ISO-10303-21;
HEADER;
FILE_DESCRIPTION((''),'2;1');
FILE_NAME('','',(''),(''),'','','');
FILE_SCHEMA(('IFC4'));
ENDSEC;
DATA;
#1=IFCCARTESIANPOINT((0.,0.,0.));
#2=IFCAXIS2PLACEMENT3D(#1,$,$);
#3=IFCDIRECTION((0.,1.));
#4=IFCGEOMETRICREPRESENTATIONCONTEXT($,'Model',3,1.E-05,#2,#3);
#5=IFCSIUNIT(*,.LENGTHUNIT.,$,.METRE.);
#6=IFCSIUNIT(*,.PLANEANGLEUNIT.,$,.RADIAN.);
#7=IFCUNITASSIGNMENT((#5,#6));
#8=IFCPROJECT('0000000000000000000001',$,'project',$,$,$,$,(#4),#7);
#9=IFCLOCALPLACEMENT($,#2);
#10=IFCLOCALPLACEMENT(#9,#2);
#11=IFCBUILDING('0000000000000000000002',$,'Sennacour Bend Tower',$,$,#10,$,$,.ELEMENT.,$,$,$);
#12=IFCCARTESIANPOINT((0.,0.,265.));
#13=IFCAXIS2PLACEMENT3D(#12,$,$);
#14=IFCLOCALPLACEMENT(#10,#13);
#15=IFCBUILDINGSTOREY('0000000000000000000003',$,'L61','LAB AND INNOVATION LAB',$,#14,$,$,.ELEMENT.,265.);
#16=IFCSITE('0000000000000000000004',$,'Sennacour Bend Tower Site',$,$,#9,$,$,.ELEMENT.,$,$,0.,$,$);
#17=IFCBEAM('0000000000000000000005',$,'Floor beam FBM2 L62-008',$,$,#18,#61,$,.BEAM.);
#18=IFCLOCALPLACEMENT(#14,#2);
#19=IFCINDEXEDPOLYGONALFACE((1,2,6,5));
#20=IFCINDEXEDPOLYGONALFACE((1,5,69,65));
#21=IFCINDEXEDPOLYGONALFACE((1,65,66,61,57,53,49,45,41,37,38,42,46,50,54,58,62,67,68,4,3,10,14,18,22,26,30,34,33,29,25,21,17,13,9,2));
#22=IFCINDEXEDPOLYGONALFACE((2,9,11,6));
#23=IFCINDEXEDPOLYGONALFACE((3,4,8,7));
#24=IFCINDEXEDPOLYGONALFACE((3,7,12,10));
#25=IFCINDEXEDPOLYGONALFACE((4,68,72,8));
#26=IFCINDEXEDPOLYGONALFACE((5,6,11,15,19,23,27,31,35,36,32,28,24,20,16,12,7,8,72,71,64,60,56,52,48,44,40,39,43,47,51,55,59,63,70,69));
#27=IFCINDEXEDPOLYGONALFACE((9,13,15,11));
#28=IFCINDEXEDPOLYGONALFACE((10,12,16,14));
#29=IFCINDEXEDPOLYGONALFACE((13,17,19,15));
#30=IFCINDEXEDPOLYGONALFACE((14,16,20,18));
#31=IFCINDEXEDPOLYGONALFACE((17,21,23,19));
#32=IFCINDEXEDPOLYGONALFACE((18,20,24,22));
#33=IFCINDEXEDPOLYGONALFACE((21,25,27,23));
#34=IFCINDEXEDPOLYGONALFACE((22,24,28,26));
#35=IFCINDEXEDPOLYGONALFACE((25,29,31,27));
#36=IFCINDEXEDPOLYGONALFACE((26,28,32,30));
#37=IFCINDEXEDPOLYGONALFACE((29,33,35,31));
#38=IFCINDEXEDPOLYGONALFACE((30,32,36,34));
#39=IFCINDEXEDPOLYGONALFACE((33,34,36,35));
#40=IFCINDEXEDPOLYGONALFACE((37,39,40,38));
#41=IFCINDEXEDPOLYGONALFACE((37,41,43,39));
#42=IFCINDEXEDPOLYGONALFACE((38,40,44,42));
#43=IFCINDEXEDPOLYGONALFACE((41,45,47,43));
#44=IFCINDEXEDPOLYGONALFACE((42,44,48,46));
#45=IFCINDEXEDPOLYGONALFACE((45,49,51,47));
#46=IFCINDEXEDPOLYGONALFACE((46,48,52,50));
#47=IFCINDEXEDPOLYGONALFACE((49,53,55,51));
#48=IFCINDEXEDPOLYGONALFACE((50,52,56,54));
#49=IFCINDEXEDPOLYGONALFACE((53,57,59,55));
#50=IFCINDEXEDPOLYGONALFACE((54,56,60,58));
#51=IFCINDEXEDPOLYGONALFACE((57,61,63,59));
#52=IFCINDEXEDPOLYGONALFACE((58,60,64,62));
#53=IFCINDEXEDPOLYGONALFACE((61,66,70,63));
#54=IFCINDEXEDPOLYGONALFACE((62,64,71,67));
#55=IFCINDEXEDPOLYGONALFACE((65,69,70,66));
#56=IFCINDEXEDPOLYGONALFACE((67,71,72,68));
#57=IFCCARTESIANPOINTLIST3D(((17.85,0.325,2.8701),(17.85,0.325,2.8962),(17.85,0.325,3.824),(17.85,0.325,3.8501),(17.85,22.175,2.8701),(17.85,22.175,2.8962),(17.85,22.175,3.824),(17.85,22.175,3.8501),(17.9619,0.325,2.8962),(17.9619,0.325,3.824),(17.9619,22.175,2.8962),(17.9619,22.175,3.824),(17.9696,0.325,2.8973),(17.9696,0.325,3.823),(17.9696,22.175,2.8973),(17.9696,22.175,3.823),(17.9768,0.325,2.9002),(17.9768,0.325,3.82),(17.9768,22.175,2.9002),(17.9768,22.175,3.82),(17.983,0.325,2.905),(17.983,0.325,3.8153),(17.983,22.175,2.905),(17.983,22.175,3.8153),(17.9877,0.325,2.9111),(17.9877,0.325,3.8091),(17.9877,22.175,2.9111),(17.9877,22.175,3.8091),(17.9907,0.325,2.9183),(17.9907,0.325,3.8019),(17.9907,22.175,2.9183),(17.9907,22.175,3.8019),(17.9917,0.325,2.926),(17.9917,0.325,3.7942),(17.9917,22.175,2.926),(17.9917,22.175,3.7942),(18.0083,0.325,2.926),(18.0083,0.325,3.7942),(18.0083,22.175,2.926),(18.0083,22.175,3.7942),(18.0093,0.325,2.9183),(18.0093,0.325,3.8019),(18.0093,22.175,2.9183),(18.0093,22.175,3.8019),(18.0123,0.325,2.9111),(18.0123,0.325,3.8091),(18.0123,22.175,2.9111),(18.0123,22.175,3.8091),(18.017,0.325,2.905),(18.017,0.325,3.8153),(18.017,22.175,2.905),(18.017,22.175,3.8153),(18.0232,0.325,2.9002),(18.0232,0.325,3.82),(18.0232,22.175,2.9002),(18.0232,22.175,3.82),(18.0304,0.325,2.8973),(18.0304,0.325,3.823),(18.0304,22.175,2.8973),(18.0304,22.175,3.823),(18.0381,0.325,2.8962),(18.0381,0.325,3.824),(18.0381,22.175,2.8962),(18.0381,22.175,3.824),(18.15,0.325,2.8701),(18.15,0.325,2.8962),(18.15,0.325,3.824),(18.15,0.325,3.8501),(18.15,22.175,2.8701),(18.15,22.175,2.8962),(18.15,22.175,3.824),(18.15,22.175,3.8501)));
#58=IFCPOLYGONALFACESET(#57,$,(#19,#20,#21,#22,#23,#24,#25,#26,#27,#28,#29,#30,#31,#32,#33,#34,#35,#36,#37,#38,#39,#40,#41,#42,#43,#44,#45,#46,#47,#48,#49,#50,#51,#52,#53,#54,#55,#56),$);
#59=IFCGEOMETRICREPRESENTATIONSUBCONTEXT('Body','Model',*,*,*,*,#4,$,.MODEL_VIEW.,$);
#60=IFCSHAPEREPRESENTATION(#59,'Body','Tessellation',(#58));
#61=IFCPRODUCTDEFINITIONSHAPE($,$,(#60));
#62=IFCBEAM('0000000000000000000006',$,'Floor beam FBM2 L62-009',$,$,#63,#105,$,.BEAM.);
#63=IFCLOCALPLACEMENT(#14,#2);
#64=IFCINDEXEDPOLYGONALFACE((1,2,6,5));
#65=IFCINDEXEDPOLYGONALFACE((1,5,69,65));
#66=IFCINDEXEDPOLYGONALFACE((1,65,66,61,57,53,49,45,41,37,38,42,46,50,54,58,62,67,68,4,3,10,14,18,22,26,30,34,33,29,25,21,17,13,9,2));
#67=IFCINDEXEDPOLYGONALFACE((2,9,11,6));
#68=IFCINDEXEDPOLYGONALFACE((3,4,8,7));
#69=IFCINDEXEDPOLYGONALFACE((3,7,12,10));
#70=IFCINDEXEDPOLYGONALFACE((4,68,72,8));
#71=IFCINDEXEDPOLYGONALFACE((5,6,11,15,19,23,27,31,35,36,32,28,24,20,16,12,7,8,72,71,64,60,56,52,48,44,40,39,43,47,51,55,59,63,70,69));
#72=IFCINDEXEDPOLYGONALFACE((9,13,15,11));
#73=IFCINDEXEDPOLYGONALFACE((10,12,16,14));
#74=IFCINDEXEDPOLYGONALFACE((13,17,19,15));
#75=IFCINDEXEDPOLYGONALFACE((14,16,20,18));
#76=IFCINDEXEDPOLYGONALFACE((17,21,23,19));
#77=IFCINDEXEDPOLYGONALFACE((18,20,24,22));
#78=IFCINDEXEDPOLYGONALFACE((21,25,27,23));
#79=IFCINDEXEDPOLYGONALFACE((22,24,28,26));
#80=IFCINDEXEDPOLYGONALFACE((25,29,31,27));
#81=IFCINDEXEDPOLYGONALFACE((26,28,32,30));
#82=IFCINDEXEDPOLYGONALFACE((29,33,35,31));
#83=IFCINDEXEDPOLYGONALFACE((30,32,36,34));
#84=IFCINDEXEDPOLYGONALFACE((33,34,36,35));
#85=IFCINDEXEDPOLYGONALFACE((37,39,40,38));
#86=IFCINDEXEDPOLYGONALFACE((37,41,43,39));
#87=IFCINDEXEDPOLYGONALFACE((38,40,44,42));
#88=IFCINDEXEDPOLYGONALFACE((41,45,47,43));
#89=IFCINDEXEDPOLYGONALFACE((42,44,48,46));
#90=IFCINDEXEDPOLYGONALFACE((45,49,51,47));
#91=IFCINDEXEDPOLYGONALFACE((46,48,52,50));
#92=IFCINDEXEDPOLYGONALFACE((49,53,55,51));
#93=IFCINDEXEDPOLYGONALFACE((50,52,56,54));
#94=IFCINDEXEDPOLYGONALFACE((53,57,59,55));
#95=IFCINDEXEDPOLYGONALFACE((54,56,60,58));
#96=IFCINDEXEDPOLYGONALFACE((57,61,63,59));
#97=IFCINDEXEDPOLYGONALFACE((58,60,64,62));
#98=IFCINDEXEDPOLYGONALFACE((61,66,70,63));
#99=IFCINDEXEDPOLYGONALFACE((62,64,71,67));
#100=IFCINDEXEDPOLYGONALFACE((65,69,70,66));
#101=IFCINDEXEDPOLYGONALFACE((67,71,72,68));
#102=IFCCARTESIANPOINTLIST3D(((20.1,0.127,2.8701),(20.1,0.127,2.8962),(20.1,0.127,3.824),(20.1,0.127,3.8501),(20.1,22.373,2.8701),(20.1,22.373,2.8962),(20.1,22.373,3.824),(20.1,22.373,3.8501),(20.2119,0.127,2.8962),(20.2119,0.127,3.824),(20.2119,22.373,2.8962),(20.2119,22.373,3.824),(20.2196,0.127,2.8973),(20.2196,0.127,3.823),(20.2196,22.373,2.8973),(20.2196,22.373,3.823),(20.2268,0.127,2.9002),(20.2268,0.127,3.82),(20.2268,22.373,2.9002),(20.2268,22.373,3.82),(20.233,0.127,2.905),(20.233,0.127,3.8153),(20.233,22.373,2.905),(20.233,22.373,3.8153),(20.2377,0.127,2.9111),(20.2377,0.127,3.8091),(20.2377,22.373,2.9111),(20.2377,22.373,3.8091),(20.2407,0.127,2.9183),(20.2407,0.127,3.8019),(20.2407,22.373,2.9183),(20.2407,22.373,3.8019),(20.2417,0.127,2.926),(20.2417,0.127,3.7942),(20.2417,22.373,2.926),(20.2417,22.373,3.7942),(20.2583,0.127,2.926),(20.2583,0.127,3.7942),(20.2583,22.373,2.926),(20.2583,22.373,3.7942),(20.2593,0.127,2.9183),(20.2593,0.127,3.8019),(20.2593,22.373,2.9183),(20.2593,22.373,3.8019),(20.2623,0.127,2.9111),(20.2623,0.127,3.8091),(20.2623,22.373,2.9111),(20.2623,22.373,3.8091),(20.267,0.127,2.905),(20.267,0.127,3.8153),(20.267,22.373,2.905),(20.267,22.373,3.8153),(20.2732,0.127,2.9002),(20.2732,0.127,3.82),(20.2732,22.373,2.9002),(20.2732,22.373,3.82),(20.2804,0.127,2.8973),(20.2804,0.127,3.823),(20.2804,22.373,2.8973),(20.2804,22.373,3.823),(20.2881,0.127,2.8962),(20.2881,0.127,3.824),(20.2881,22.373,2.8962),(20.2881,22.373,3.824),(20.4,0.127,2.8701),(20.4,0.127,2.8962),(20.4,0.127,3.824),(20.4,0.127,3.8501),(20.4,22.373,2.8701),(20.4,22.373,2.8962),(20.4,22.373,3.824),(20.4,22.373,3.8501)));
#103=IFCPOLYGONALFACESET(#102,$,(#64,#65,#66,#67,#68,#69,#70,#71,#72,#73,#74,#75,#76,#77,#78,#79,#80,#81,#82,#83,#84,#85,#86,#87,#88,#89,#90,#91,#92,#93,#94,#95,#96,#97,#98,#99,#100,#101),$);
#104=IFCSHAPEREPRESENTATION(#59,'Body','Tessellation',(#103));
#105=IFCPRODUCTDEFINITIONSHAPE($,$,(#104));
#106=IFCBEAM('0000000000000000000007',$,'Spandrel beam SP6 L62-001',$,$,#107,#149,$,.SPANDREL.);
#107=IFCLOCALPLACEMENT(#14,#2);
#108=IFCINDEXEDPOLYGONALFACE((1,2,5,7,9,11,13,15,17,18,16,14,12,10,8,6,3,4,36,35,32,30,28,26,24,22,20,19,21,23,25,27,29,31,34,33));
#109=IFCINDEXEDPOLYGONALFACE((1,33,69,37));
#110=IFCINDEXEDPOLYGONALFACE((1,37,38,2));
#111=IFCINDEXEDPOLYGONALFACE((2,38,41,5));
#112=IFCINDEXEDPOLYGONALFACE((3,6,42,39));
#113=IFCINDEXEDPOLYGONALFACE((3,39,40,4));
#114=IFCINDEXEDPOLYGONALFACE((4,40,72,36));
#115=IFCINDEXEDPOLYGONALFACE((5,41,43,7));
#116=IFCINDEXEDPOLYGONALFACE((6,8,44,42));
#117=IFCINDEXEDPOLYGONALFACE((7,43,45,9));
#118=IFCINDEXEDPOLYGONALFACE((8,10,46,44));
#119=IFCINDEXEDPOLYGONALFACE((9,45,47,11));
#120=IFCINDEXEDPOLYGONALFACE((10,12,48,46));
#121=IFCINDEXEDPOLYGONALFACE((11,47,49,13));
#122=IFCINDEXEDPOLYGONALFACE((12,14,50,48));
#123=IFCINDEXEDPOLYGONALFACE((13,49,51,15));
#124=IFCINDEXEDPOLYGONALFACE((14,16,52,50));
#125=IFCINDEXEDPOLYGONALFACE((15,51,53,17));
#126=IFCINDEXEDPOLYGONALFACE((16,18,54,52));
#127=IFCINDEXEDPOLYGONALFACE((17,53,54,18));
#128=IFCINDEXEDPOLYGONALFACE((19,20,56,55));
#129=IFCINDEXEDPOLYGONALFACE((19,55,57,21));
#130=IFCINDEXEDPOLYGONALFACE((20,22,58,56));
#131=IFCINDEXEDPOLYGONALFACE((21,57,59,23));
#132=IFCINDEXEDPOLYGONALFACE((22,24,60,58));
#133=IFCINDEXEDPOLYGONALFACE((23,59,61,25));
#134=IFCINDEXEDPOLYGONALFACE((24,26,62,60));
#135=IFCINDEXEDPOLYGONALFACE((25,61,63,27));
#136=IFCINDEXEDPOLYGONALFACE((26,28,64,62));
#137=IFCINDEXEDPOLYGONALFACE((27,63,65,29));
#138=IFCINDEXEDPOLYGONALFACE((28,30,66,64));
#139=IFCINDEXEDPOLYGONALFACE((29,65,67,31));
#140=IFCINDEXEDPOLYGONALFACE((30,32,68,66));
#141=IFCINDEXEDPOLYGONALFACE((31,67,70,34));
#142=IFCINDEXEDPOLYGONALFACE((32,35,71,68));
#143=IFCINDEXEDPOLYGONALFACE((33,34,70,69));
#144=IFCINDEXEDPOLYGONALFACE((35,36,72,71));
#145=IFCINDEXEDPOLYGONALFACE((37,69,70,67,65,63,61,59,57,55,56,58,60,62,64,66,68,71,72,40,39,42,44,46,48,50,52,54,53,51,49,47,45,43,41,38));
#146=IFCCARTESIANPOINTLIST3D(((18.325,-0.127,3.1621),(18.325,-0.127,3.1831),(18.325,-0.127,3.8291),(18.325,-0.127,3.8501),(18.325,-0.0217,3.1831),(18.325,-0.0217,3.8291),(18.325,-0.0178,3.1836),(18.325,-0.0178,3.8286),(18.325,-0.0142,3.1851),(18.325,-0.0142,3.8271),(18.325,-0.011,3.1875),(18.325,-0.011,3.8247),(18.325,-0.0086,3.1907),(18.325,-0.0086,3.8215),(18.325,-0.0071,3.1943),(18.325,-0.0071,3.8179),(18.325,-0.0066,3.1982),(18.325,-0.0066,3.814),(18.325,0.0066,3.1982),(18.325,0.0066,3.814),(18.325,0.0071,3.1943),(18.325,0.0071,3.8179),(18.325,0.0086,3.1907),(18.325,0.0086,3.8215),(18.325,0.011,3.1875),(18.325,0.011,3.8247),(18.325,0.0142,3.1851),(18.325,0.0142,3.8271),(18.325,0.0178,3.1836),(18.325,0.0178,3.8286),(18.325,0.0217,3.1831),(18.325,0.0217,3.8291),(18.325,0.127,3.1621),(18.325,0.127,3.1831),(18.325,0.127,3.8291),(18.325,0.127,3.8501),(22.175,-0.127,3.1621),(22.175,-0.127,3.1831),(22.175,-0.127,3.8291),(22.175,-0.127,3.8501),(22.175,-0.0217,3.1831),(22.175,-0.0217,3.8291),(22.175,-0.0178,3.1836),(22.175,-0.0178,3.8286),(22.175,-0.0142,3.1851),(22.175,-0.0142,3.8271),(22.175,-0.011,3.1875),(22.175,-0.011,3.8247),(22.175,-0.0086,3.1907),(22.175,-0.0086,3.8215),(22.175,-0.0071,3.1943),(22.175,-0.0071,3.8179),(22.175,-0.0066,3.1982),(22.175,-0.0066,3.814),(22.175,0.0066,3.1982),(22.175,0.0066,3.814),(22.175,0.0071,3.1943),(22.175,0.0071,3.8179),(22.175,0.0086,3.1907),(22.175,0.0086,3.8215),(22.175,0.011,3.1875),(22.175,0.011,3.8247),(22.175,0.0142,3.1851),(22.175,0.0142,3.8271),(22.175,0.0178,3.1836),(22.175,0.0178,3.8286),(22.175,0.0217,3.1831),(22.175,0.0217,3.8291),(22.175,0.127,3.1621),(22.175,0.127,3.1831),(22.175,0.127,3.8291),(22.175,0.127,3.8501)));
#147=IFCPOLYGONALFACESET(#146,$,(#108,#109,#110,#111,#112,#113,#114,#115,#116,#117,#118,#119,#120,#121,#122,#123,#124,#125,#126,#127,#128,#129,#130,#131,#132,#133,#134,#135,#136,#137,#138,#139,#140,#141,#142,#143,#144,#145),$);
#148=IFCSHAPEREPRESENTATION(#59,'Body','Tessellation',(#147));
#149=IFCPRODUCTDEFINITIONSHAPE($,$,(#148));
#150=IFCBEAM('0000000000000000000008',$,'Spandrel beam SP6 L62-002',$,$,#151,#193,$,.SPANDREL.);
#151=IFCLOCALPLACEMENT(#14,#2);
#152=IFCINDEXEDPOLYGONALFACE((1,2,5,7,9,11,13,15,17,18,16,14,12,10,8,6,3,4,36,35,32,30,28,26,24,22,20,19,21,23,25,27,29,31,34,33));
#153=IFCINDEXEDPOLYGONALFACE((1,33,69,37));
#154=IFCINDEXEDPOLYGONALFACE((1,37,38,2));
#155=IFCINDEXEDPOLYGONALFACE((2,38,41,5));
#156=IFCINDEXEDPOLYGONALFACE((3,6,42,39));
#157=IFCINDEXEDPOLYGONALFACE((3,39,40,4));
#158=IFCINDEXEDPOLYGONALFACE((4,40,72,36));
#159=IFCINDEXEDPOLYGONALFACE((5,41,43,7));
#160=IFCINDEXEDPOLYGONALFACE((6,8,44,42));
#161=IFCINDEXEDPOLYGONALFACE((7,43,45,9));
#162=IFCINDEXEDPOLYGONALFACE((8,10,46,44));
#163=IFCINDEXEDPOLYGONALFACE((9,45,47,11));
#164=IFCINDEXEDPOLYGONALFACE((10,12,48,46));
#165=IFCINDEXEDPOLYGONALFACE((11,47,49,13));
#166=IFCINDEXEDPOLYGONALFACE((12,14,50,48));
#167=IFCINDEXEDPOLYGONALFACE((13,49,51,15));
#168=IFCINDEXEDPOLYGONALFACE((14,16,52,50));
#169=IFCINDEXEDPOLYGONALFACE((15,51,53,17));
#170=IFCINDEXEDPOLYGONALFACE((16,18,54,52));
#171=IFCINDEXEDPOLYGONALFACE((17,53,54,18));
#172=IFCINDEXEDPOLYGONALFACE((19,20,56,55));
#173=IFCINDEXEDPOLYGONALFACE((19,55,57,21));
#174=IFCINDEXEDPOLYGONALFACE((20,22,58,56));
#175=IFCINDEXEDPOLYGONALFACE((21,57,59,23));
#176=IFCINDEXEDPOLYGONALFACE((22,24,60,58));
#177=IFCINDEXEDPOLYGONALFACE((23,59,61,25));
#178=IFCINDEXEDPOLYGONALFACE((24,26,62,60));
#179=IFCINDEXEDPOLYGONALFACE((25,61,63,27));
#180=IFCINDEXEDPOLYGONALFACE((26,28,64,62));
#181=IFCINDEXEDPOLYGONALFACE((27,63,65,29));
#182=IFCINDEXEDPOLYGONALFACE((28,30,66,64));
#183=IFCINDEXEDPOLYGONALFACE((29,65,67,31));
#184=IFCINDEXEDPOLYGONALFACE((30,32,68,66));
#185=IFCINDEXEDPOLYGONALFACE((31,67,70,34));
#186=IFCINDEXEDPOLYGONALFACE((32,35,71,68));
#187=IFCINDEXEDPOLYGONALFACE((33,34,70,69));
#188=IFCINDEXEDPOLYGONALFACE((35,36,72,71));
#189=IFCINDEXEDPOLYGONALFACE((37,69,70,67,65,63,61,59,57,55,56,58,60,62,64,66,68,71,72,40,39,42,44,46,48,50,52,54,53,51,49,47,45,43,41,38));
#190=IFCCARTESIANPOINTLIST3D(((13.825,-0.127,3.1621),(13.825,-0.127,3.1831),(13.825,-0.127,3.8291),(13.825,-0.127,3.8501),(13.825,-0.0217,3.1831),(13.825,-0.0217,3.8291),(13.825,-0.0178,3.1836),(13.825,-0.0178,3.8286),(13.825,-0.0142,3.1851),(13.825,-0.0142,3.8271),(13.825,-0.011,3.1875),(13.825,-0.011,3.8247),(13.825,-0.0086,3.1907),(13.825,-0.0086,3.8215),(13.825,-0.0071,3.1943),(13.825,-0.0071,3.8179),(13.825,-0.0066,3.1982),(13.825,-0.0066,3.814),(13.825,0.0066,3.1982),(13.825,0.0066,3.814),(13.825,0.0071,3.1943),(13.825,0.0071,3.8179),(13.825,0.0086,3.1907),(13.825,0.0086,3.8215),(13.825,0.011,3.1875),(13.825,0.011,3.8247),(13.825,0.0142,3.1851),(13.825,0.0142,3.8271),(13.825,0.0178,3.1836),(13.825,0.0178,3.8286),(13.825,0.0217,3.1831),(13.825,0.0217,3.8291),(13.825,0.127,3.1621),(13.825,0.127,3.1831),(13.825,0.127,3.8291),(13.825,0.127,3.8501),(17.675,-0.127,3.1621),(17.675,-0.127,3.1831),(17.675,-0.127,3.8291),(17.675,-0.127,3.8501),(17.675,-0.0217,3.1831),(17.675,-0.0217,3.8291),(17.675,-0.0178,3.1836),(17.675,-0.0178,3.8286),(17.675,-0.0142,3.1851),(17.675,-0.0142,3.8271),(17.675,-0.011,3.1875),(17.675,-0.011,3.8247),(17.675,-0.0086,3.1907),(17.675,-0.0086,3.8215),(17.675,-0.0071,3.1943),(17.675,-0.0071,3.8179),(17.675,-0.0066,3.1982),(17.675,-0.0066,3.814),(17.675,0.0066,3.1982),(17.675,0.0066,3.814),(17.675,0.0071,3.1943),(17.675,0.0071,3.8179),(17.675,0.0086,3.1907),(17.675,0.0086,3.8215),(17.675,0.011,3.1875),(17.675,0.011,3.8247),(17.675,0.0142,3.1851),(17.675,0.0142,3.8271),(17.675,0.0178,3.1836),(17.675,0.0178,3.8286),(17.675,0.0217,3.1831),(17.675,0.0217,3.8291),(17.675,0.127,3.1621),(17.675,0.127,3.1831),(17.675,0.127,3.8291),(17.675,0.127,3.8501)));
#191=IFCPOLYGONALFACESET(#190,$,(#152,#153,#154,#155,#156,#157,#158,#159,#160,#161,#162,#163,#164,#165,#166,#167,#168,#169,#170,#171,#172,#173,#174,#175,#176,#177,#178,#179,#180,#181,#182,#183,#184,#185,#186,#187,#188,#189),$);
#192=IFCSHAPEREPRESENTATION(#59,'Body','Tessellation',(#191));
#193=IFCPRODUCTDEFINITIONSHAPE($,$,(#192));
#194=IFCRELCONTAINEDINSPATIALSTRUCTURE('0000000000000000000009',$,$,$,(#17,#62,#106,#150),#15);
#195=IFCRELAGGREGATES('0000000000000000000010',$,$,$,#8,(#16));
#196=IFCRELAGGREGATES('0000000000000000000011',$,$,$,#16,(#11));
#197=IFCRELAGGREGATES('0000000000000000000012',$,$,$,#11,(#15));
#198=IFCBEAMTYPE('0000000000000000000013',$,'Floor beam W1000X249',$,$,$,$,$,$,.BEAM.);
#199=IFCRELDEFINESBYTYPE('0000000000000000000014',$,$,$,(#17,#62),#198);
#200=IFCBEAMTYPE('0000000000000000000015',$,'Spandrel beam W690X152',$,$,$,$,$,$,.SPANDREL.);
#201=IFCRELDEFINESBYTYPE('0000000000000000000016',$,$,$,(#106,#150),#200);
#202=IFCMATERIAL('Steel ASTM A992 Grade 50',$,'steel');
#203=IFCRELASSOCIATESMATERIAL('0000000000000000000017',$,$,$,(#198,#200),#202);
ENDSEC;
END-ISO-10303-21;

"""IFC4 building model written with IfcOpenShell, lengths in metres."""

from ifc_helpers import new_model, si_unit, direction, frame, origin, origin_2d, place, context, subcontext, project, spatial, i_section, extrude, material, material_profile, profile_set, type_object, element, save


model = new_model("IFC4")

# Units and contexts
model_context = context("Model", 3, precision=1e-05, world=origin(), true_north=direction((0.0, 1.0)))
body_context = subcontext(model_context, "Body", "Model", "MODEL_VIEW")
ifc_project = project(units=[si_unit("LENGTHUNIT", "METRE"), si_unit("PLANEANGLEUNIT", "RADIAN")], contexts=[model_context])

# Site, building, storey
site_placement = place(None, origin())
site = spatial("IfcSite", under=ifc_project, at=site_placement, Name="Sennacour Bend Tower Site", CompositionType="ELEMENT", RefElevation=0.0)
building_placement = place(site_placement, origin())
building = spatial("IfcBuilding", under=site, at=building_placement, Name="Sennacour Bend Tower", CompositionType="ELEMENT")
storey_placement = place(building_placement, frame((0.0, 0.0, 265.0)))
storey = spatial("IfcBuildingStorey", under=building, at=storey_placement, Name="L61", Description="LAB AND INNOVATION LAB", CompositionType="ELEMENT", Elevation=265.0)

# Beams
ifc_material_1 = material(Name="Steel ASTM A992 Grade 50", Category="steel")
ifc_material_profile_1 = material_profile(ifc_material_1, i_section(OverallWidth=0.3, OverallDepth=0.98, WebThickness=0.0166, FlangeThickness=0.0261, FilletRadius=0.0298, at=origin_2d()), Name="Steel ASTM A992 Grade 50", Category="steel")
ifc_profile_set_1 = profile_set([ifc_material_profile_1], Name="Steel ASTM A992 Grade 50")
beam_type_1 = type_object("IfcBeamType", Name="Floor beam W1000X249", PredefinedType="BEAM", material=ifc_profile_set_1)
beam_1_placement = place(storey_placement, frame((18.0, 0.325, 3.3601), z_axis=(0.0, 1.0, 0.0), x_axis=(-1.0, 0.0, 0.0)))
element("IfcBeam", 1, at=beam_1_placement, inside=storey, type_object=beam_type_1, Name="Floor beam FBM2 L62-008", PredefinedType="BEAM", context=body_context, shape_type="SweptSolid", body=[
    extrude(i_section(OverallWidth=0.3, OverallDepth=0.98, WebThickness=0.0166, FlangeThickness=0.0261, FilletRadius=0.0298, at=origin_2d()), origin(), (0.0, 0.0, 1.0), 21.8501),
])
beam_2_placement = place(storey_placement, frame((20.25, 0.127, 3.3601), z_axis=(0.0, 1.0, 0.0), x_axis=(-1.0, 0.0, 0.0)))
element("IfcBeam", 2, at=beam_2_placement, inside=storey, type_object=beam_type_1, Name="Floor beam FBM2 L62-009", PredefinedType="BEAM", context=body_context, shape_type="SweptSolid", body=[
    extrude(i_section(OverallWidth=0.3, OverallDepth=0.98, WebThickness=0.0166, FlangeThickness=0.0261, FilletRadius=0.0298, at=origin_2d()), origin(), (0.0, 0.0, 1.0), 22.2461),
])
ifc_material_profile_2 = material_profile(ifc_material_1, i_section(OverallWidth=0.2539, OverallDepth=0.688, WebThickness=0.0132, FlangeThickness=0.021, FilletRadius=0.0151, at=origin_2d()), Name="Steel ASTM A992 Grade 50", Category="steel")
ifc_profile_set_2 = profile_set([ifc_material_profile_2], Name="Steel ASTM A992 Grade 50")
beam_type_2 = type_object("IfcBeamType", Name="Spandrel beam W690X152", PredefinedType="SPANDREL", material=ifc_profile_set_2)
for number, where, z_axis, x_axis, name in (
    (3, (22.175, 0.0, 3.5061), (-1.0, 0.0, 0.0), (0.0, -1.0, 0.0), "Spandrel beam SP6 L62-001"),
    (4, (17.675, 0.0, 3.5061), (-1.0, 0.0, 0.0), (0.0, -1.0, 0.0), "Spandrel beam SP6 L62-002"),
):
    element("IfcBeam", number, at=place(storey_placement, frame(where, z_axis=z_axis, x_axis=x_axis)), inside=storey, type_object=beam_type_2, Name=name, PredefinedType="SPANDREL", context=body_context, shape_type="SweptSolid", body=[
        extrude(i_section(OverallWidth=0.2539, OverallDepth=0.688, WebThickness=0.0132, FlangeThickness=0.021, FilletRadius=0.0151, at=origin_2d()), origin(), (0.0, 0.0, 1.0), 3.8501),
    ])

save(model, "model.ifc")
